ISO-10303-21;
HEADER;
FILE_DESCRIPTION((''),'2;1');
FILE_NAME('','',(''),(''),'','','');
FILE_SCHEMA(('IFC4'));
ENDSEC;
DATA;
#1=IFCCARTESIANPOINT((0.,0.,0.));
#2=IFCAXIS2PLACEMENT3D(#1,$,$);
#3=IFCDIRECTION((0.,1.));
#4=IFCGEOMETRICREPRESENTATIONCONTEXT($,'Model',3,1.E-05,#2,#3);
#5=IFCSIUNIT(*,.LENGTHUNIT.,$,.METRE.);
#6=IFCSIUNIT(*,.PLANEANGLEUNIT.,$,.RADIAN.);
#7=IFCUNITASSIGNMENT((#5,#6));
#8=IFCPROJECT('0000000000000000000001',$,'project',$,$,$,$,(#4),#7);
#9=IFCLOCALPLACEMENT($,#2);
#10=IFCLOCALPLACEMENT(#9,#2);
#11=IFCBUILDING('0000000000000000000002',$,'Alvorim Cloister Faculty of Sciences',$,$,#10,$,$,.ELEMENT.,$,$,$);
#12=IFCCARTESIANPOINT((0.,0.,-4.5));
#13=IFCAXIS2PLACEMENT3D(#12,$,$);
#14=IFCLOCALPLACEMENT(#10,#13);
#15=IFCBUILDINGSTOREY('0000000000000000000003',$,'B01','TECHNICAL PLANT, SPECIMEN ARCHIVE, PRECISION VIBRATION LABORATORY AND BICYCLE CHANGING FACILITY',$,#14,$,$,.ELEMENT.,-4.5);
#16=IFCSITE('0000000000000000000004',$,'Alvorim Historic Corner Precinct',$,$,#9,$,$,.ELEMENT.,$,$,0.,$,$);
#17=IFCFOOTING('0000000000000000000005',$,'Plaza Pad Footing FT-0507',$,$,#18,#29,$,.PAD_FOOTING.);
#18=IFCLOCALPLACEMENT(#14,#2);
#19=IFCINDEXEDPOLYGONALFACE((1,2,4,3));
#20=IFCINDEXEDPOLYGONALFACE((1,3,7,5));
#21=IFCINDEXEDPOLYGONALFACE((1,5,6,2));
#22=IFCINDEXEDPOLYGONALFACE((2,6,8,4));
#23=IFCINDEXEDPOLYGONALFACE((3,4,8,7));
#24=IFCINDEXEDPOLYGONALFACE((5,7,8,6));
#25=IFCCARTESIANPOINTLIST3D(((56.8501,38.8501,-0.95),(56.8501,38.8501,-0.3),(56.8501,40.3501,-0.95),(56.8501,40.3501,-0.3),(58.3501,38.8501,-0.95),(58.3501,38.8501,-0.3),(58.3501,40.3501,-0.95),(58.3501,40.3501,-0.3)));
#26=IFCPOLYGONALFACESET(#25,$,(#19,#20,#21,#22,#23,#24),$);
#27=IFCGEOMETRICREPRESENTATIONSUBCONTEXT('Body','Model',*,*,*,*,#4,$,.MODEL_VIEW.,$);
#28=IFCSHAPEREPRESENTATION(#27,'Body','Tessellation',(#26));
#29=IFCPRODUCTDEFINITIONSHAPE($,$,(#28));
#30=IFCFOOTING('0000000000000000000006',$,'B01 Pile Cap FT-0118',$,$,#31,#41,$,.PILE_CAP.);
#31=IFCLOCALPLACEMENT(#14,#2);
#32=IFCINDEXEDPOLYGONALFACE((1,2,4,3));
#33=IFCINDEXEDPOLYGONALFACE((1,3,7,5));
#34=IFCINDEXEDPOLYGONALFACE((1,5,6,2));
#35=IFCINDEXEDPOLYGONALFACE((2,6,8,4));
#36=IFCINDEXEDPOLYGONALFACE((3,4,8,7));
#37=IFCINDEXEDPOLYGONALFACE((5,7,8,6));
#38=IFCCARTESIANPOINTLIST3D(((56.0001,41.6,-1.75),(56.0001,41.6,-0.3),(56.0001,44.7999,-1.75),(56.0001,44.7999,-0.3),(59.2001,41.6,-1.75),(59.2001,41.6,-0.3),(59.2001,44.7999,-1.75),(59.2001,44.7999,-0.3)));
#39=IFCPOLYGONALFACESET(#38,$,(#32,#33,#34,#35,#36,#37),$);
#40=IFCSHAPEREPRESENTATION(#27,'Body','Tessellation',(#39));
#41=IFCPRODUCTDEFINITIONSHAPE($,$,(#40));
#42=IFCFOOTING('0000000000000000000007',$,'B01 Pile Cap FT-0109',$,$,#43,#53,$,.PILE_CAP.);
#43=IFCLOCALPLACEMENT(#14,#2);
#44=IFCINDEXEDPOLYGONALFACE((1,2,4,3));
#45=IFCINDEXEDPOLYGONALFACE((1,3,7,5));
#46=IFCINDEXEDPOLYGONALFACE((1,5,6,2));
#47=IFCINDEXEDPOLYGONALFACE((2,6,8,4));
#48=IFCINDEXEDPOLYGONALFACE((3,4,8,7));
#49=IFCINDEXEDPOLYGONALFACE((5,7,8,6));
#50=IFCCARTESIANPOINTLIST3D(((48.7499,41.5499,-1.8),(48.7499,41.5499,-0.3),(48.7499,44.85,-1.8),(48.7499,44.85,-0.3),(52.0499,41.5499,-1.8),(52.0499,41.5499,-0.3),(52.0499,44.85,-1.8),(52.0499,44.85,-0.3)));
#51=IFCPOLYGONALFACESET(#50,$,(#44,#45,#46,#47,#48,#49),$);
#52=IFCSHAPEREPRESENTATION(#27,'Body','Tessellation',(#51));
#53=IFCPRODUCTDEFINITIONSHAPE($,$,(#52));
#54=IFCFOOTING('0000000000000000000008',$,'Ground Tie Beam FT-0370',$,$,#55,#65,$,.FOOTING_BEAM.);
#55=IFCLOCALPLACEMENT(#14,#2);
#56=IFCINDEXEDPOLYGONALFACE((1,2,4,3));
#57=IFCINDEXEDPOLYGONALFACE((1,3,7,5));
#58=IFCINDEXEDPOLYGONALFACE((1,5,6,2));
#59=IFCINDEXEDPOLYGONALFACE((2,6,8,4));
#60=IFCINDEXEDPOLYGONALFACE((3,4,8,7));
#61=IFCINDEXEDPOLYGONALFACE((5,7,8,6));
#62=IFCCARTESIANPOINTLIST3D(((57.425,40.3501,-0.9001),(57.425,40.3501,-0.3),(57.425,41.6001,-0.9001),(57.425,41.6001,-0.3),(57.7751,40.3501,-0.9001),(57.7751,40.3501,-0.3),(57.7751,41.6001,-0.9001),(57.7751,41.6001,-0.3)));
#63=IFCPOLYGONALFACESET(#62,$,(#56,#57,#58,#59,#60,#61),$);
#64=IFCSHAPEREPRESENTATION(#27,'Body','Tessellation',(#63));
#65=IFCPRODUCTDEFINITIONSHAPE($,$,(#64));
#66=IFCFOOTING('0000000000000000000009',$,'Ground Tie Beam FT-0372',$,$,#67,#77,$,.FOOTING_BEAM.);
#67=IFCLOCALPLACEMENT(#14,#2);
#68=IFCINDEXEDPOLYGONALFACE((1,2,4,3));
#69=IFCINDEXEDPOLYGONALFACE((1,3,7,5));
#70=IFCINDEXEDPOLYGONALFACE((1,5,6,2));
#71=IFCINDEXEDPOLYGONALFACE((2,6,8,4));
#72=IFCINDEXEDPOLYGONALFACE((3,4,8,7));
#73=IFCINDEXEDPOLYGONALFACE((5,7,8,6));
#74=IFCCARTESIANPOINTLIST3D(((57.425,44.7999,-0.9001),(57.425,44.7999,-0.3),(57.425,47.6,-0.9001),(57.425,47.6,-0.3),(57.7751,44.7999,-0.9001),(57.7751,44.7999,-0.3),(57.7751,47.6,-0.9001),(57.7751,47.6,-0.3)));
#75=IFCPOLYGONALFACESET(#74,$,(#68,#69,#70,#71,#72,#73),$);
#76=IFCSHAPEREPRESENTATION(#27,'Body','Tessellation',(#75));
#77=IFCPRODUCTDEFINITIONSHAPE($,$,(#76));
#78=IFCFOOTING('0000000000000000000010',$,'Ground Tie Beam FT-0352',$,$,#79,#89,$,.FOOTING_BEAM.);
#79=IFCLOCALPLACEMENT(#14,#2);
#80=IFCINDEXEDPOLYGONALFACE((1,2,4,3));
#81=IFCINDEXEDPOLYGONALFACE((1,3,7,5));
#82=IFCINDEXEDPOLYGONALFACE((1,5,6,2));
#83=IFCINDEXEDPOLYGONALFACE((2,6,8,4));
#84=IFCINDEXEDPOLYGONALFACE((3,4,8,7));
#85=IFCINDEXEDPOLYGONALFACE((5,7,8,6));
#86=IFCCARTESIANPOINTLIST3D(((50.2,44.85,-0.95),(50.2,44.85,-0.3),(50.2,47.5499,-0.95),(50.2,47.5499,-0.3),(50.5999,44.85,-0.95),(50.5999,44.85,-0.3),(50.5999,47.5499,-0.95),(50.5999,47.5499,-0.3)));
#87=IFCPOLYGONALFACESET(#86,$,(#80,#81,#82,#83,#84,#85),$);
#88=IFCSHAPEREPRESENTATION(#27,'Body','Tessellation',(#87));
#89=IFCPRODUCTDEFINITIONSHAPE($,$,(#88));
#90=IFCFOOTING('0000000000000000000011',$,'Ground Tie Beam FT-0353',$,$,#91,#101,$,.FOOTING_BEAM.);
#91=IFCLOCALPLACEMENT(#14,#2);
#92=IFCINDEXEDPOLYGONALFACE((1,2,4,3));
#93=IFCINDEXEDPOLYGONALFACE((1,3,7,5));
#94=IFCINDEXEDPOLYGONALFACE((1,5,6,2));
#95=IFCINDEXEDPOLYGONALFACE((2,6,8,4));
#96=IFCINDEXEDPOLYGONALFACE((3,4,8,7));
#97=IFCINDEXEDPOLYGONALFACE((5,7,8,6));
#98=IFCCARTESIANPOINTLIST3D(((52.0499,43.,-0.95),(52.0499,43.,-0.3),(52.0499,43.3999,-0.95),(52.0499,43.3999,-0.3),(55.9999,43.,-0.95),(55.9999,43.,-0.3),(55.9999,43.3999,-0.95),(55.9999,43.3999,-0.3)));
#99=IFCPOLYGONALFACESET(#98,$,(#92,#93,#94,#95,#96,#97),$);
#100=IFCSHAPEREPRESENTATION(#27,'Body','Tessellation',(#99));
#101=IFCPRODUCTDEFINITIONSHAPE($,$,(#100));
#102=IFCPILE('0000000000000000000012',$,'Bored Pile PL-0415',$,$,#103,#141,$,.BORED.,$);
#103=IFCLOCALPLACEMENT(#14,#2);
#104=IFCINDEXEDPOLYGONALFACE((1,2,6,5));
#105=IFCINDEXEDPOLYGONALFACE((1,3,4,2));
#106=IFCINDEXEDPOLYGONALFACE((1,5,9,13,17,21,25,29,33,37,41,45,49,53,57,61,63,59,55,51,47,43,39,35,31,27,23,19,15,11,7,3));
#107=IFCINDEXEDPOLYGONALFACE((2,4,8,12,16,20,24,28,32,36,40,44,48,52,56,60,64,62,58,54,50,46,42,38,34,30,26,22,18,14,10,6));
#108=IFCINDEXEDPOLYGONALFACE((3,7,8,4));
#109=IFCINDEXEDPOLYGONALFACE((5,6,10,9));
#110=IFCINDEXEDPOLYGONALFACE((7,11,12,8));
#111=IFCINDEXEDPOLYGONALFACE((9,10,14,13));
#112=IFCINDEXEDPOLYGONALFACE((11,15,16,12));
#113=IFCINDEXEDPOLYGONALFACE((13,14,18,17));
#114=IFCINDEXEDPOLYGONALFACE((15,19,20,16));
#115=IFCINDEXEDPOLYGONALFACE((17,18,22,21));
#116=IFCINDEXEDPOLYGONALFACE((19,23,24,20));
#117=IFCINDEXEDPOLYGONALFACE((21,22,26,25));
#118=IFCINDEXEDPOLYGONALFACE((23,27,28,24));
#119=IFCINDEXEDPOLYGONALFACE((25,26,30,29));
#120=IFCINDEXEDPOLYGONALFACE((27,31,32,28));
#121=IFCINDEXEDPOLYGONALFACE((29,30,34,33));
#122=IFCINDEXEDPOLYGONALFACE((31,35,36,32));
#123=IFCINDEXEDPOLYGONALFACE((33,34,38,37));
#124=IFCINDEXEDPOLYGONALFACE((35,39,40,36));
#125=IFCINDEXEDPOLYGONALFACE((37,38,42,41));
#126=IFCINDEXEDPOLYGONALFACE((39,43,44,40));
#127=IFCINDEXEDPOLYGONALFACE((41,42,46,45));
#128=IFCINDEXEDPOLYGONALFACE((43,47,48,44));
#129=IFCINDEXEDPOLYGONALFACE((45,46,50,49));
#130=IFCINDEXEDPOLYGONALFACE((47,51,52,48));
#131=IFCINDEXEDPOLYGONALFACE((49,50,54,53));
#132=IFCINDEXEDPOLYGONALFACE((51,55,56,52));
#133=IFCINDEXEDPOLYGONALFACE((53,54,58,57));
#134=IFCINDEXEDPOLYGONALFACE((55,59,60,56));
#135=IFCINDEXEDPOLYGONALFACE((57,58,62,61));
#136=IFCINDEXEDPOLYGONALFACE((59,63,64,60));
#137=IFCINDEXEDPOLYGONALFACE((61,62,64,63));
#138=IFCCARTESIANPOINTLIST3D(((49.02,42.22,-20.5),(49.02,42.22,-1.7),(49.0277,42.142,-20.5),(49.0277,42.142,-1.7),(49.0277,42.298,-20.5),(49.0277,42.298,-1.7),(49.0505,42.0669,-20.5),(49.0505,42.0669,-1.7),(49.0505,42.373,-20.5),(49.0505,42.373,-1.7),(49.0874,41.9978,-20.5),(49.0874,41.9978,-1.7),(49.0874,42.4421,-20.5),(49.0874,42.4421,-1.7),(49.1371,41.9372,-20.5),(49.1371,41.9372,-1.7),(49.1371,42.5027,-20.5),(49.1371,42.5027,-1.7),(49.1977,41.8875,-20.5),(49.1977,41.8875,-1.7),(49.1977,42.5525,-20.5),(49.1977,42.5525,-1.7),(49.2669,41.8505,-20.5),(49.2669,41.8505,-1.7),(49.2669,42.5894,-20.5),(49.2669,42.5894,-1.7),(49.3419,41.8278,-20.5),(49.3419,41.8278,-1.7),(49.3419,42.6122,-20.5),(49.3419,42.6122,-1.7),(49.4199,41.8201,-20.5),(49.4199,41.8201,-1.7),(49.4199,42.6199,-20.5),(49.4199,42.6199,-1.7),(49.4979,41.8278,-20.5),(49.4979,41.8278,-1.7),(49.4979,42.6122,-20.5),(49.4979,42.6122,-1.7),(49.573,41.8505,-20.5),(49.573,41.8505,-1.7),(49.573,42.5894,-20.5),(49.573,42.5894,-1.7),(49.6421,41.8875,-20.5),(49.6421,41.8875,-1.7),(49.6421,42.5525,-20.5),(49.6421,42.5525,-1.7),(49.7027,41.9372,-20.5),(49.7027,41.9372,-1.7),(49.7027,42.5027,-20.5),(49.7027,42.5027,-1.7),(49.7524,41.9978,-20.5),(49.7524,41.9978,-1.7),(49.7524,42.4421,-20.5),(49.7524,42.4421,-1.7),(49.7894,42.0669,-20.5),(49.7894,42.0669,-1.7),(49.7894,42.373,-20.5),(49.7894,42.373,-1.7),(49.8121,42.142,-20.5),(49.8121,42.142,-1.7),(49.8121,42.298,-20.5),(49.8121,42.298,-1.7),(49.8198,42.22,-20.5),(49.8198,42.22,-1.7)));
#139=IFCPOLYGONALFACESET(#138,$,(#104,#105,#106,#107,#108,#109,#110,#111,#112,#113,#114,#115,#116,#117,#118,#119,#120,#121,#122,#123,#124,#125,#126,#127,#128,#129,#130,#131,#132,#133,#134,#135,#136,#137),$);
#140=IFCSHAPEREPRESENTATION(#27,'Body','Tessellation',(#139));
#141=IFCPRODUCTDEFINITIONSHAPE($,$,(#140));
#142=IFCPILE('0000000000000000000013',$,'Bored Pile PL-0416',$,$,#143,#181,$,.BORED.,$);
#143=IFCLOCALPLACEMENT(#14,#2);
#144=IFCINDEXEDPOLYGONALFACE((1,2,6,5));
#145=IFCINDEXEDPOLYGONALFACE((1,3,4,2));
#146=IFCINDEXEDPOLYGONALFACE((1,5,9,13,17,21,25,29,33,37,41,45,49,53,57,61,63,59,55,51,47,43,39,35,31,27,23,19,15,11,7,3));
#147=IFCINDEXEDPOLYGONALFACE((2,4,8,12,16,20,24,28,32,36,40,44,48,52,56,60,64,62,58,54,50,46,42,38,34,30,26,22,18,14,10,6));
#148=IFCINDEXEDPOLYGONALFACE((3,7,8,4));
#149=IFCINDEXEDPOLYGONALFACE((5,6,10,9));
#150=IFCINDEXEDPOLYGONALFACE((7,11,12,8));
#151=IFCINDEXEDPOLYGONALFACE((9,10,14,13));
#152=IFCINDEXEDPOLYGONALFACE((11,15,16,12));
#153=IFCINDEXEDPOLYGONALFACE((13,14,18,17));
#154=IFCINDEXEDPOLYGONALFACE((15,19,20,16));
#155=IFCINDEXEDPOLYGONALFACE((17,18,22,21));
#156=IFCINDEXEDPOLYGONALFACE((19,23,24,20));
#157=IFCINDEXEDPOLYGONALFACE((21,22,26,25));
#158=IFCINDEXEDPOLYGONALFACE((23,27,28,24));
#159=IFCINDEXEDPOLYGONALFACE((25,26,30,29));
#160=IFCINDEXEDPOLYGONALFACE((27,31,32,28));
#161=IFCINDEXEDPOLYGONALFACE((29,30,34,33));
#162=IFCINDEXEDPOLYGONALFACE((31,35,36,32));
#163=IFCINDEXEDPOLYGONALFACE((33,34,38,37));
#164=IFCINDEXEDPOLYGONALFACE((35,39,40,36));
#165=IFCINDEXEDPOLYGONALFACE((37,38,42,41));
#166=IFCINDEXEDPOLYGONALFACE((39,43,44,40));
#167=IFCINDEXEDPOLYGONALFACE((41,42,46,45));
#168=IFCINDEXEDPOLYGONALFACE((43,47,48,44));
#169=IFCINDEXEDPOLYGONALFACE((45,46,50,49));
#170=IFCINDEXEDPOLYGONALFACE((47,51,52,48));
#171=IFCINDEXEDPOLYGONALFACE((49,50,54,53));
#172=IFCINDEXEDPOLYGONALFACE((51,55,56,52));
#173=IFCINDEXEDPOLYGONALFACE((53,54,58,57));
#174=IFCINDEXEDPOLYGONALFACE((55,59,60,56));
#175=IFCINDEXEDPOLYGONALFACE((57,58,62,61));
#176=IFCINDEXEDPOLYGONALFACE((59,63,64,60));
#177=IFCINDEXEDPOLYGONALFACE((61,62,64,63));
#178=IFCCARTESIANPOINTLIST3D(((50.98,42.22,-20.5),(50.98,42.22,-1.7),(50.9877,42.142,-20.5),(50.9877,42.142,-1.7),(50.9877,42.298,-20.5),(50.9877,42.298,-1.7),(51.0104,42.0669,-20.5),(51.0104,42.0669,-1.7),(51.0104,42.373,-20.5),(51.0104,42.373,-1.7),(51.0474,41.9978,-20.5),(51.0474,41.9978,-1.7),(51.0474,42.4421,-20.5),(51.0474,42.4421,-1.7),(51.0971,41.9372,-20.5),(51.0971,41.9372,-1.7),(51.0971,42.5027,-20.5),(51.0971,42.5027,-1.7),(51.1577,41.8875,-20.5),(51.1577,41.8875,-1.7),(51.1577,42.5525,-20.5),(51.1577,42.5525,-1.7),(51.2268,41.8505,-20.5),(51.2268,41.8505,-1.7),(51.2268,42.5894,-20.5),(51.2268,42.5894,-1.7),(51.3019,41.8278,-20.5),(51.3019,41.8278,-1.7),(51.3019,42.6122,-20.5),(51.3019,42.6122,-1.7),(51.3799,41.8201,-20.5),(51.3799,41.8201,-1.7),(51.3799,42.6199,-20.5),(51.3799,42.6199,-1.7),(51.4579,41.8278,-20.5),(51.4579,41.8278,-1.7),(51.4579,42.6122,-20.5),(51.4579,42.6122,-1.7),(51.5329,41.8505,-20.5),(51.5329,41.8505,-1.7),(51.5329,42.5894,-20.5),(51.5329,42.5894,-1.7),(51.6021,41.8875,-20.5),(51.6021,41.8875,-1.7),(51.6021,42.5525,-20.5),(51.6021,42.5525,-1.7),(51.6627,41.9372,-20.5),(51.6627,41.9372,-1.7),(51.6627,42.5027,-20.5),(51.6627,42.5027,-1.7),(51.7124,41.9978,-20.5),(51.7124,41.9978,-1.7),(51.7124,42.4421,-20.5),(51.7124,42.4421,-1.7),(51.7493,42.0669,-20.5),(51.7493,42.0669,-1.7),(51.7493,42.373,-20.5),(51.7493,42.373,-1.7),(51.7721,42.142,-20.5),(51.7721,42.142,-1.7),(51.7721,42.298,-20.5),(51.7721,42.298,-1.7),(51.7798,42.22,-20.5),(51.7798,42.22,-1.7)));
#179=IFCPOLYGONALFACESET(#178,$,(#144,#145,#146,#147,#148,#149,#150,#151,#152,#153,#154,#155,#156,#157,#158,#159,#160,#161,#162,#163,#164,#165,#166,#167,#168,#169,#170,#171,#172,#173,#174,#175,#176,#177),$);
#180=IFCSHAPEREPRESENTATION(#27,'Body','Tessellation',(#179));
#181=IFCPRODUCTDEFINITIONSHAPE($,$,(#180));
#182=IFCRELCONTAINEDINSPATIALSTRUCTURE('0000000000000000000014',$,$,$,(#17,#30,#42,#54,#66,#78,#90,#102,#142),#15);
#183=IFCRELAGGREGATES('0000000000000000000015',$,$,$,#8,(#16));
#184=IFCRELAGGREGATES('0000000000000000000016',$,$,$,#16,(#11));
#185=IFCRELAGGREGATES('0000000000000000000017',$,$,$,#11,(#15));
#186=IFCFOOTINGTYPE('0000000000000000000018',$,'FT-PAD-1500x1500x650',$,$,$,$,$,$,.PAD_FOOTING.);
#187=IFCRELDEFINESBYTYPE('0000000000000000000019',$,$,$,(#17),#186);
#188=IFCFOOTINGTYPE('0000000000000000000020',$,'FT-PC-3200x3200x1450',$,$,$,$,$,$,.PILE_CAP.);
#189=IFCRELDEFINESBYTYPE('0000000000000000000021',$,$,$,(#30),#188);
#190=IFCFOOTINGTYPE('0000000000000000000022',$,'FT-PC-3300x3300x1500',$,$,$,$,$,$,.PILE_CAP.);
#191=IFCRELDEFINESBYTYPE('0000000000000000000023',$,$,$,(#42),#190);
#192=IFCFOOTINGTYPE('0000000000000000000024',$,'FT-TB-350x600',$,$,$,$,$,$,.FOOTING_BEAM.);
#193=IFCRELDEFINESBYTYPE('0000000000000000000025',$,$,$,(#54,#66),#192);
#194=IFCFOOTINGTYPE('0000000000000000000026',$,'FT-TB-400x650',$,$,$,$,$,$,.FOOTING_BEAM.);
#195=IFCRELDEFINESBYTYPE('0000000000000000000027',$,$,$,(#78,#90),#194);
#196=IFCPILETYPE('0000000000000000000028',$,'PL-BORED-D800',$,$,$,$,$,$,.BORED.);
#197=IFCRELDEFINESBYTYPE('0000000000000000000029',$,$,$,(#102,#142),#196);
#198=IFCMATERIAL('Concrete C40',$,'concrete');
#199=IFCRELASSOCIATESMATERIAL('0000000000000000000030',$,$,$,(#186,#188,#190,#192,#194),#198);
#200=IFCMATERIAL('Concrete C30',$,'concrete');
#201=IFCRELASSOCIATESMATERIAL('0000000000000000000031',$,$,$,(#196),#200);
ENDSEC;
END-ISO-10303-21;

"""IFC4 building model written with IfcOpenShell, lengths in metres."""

from ifc_helpers import new_model, si_unit, direction, frame, origin, origin_2d, place, context, subcontext, project, spatial, rectangle, circle, extrude, material, material_profile, profile_set, type_object, element, save


model = new_model("IFC4")

# Units and contexts
model_context = context("Model", 3, precision=1e-05, world=origin(), true_north=direction((0.0, 1.0)))
body_context = subcontext(model_context, "Body", "Model", "MODEL_VIEW")
ifc_project = project(units=[si_unit("LENGTHUNIT", "METRE"), si_unit("PLANEANGLEUNIT", "RADIAN")], contexts=[model_context])

# Site, building, storey
site_placement = place(None, origin())
site = spatial("IfcSite", under=ifc_project, at=site_placement, Name="Alvorim Historic Corner Precinct", CompositionType="ELEMENT", RefElevation=0.0)
building_placement = place(site_placement, origin())
building = spatial("IfcBuilding", under=site, at=building_placement, Name="Alvorim Cloister Faculty of Sciences", CompositionType="ELEMENT")
storey_placement = place(building_placement, frame((0.0, 0.0, -4.5)))
storey = spatial("IfcBuildingStorey", under=building, at=storey_placement, Name="B01", Description="TECHNICAL PLANT, SPECIMEN ARCHIVE, PRECISION VIBRATION LABORATORY AND BICYCLE CHANGING FACILITY", CompositionType="ELEMENT", Elevation=-4.5)

# Footings
ifc_material_1 = material(Name="Concrete C40", Category="concrete")
footing_type_1 = type_object("IfcFootingType", Name="FT-PAD-1500x1500x650", PredefinedType="PAD_FOOTING", material=ifc_material_1)
footing_1_placement = place(storey_placement, frame((57.6001, 39.6001, -0.95), z_axis=(0.0, 0.0, 1.0), x_axis=(1.0, 0.0, 0.0)))
element("IfcFooting", 1, at=footing_1_placement, inside=storey, type_object=footing_type_1, Name="Plaza Pad Footing FT-0507", PredefinedType="PAD_FOOTING", context=body_context, shape_type="SweptSolid", body=[
    extrude(rectangle(XDim=1.5, YDim=1.5, at=origin_2d()), origin(), (0.0, 0.0, 1.0), 0.6499),
])
footing_type_2 = type_object("IfcFootingType", Name="FT-PC-3200x3200x1450", PredefinedType="PILE_CAP", material=ifc_material_1)
footing_2_placement = place(storey_placement, frame((57.6001, 43.2, -1.75), z_axis=(0.0, 0.0, 1.0), x_axis=(1.0, 0.0, 0.0)))
element("IfcFooting", 2, at=footing_2_placement, inside=storey, type_object=footing_type_2, Name="B01 Pile Cap FT-0118", PredefinedType="PILE_CAP", context=body_context, shape_type="SweptSolid", body=[
    extrude(rectangle(XDim=3.2, YDim=3.2, at=origin_2d()), origin(), (0.0, 0.0, 1.0), 1.45),
])
footing_type_3 = type_object("IfcFootingType", Name="FT-PC-3300x3300x1500", PredefinedType="PILE_CAP", material=ifc_material_1)
footing_3_placement = place(storey_placement, frame((50.3999, 43.2, -1.8), z_axis=(0.0, 0.0, 1.0), x_axis=(1.0, 0.0, 0.0)))
element("IfcFooting", 3, at=footing_3_placement, inside=storey, type_object=footing_type_3, Name="B01 Pile Cap FT-0109", PredefinedType="PILE_CAP", context=body_context, shape_type="SweptSolid", body=[
    extrude(rectangle(XDim=3.3, YDim=3.3, at=origin_2d()), origin(), (0.0, 0.0, 1.0), 1.5),
])
footing_type_4 = type_object("IfcFootingType", Name="FT-TB-350x600", PredefinedType="FOOTING_BEAM", material=ifc_material_1)
footing_4_placement = place(storey_placement, frame((57.6001, 40.9751, -0.9001), z_axis=(0.0, 0.0, 1.0), x_axis=(1.0, 0.0, 0.0)))
element("IfcFooting", 4, at=footing_4_placement, inside=storey, type_object=footing_type_4, Name="Ground Tie Beam FT-0370", PredefinedType="FOOTING_BEAM", context=body_context, shape_type="SweptSolid", body=[
    extrude(rectangle(XDim=0.3501, YDim=1.25, at=origin_2d()), origin(), (0.0, 0.0, 1.0), 0.6001),
])
footing_5_placement = place(storey_placement, frame((57.6001, 46.2, -0.9001), z_axis=(0.0, 0.0, 1.0), x_axis=(1.0, 0.0, 0.0)))
element("IfcFooting", 5, at=footing_5_placement, inside=storey, type_object=footing_type_4, Name="Ground Tie Beam FT-0372", PredefinedType="FOOTING_BEAM", context=body_context, shape_type="SweptSolid", body=[
    extrude(rectangle(XDim=0.3501, YDim=2.8, at=origin_2d()), origin(), (0.0, 0.0, 1.0), 0.6001),
])
footing_type_5 = type_object("IfcFootingType", Name="FT-TB-400x650", PredefinedType="FOOTING_BEAM", material=ifc_material_1)
footing_6_placement = place(storey_placement, frame((50.3999, 46.2, -0.95), z_axis=(0.0, 0.0, 1.0), x_axis=(1.0, 0.0, 0.0)))
element("IfcFooting", 6, at=footing_6_placement, inside=storey, type_object=footing_type_5, Name="Ground Tie Beam FT-0352", PredefinedType="FOOTING_BEAM", context=body_context, shape_type="SweptSolid", body=[
    extrude(rectangle(XDim=0.3999, YDim=2.7, at=origin_2d()), origin(), (0.0, 0.0, 1.0), 0.6499),
])
footing_7_placement = place(storey_placement, frame((54.0249, 43.2, -0.95), z_axis=(0.0, 0.0, 1.0), x_axis=(1.0, 0.0, 0.0)))
element("IfcFooting", 7, at=footing_7_placement, inside=storey, type_object=footing_type_5, Name="Ground Tie Beam FT-0353", PredefinedType="FOOTING_BEAM", context=body_context, shape_type="SweptSolid", body=[
    extrude(rectangle(XDim=3.95, YDim=0.3999, at=origin_2d()), origin(), (0.0, 0.0, 1.0), 0.6499),
])

# Piles
ifc_material_2 = material(Name="Concrete C30", Category="concrete")
ifc_material_profile_1 = material_profile(ifc_material_2, circle(Radius=0.3999, at=origin_2d()), Name="PILE-D800")
ifc_profile_set_1 = profile_set([ifc_material_profile_1], Name="Concrete C30")
pile_type = type_object("IfcPileType", Name="PL-BORED-D800", PredefinedType="BORED", material=ifc_profile_set_1)
for number, where, z_axis, x_axis, name in (
    (8, (49.4199, 42.22, -1.7), (0.0, 0.0, -1.0), (1.0, 0.0, 0.0), "Bored Pile PL-0415"),
    (9, (51.3799, 42.22, -1.7), (0.0, 0.0, -1.0), (1.0, 0.0, 0.0), "Bored Pile PL-0416"),
):
    element("IfcPile", number, at=place(storey_placement, frame(where, z_axis=z_axis, x_axis=x_axis)), inside=storey, type_object=pile_type, Name=name, PredefinedType="BORED", context=body_context, shape_type="SweptSolid", body=[
        extrude(circle(Radius=0.3999, at=origin_2d()), origin(), (0.0, 0.0, 1.0), 18.8),
    ])

save(model, "model.ifc")
